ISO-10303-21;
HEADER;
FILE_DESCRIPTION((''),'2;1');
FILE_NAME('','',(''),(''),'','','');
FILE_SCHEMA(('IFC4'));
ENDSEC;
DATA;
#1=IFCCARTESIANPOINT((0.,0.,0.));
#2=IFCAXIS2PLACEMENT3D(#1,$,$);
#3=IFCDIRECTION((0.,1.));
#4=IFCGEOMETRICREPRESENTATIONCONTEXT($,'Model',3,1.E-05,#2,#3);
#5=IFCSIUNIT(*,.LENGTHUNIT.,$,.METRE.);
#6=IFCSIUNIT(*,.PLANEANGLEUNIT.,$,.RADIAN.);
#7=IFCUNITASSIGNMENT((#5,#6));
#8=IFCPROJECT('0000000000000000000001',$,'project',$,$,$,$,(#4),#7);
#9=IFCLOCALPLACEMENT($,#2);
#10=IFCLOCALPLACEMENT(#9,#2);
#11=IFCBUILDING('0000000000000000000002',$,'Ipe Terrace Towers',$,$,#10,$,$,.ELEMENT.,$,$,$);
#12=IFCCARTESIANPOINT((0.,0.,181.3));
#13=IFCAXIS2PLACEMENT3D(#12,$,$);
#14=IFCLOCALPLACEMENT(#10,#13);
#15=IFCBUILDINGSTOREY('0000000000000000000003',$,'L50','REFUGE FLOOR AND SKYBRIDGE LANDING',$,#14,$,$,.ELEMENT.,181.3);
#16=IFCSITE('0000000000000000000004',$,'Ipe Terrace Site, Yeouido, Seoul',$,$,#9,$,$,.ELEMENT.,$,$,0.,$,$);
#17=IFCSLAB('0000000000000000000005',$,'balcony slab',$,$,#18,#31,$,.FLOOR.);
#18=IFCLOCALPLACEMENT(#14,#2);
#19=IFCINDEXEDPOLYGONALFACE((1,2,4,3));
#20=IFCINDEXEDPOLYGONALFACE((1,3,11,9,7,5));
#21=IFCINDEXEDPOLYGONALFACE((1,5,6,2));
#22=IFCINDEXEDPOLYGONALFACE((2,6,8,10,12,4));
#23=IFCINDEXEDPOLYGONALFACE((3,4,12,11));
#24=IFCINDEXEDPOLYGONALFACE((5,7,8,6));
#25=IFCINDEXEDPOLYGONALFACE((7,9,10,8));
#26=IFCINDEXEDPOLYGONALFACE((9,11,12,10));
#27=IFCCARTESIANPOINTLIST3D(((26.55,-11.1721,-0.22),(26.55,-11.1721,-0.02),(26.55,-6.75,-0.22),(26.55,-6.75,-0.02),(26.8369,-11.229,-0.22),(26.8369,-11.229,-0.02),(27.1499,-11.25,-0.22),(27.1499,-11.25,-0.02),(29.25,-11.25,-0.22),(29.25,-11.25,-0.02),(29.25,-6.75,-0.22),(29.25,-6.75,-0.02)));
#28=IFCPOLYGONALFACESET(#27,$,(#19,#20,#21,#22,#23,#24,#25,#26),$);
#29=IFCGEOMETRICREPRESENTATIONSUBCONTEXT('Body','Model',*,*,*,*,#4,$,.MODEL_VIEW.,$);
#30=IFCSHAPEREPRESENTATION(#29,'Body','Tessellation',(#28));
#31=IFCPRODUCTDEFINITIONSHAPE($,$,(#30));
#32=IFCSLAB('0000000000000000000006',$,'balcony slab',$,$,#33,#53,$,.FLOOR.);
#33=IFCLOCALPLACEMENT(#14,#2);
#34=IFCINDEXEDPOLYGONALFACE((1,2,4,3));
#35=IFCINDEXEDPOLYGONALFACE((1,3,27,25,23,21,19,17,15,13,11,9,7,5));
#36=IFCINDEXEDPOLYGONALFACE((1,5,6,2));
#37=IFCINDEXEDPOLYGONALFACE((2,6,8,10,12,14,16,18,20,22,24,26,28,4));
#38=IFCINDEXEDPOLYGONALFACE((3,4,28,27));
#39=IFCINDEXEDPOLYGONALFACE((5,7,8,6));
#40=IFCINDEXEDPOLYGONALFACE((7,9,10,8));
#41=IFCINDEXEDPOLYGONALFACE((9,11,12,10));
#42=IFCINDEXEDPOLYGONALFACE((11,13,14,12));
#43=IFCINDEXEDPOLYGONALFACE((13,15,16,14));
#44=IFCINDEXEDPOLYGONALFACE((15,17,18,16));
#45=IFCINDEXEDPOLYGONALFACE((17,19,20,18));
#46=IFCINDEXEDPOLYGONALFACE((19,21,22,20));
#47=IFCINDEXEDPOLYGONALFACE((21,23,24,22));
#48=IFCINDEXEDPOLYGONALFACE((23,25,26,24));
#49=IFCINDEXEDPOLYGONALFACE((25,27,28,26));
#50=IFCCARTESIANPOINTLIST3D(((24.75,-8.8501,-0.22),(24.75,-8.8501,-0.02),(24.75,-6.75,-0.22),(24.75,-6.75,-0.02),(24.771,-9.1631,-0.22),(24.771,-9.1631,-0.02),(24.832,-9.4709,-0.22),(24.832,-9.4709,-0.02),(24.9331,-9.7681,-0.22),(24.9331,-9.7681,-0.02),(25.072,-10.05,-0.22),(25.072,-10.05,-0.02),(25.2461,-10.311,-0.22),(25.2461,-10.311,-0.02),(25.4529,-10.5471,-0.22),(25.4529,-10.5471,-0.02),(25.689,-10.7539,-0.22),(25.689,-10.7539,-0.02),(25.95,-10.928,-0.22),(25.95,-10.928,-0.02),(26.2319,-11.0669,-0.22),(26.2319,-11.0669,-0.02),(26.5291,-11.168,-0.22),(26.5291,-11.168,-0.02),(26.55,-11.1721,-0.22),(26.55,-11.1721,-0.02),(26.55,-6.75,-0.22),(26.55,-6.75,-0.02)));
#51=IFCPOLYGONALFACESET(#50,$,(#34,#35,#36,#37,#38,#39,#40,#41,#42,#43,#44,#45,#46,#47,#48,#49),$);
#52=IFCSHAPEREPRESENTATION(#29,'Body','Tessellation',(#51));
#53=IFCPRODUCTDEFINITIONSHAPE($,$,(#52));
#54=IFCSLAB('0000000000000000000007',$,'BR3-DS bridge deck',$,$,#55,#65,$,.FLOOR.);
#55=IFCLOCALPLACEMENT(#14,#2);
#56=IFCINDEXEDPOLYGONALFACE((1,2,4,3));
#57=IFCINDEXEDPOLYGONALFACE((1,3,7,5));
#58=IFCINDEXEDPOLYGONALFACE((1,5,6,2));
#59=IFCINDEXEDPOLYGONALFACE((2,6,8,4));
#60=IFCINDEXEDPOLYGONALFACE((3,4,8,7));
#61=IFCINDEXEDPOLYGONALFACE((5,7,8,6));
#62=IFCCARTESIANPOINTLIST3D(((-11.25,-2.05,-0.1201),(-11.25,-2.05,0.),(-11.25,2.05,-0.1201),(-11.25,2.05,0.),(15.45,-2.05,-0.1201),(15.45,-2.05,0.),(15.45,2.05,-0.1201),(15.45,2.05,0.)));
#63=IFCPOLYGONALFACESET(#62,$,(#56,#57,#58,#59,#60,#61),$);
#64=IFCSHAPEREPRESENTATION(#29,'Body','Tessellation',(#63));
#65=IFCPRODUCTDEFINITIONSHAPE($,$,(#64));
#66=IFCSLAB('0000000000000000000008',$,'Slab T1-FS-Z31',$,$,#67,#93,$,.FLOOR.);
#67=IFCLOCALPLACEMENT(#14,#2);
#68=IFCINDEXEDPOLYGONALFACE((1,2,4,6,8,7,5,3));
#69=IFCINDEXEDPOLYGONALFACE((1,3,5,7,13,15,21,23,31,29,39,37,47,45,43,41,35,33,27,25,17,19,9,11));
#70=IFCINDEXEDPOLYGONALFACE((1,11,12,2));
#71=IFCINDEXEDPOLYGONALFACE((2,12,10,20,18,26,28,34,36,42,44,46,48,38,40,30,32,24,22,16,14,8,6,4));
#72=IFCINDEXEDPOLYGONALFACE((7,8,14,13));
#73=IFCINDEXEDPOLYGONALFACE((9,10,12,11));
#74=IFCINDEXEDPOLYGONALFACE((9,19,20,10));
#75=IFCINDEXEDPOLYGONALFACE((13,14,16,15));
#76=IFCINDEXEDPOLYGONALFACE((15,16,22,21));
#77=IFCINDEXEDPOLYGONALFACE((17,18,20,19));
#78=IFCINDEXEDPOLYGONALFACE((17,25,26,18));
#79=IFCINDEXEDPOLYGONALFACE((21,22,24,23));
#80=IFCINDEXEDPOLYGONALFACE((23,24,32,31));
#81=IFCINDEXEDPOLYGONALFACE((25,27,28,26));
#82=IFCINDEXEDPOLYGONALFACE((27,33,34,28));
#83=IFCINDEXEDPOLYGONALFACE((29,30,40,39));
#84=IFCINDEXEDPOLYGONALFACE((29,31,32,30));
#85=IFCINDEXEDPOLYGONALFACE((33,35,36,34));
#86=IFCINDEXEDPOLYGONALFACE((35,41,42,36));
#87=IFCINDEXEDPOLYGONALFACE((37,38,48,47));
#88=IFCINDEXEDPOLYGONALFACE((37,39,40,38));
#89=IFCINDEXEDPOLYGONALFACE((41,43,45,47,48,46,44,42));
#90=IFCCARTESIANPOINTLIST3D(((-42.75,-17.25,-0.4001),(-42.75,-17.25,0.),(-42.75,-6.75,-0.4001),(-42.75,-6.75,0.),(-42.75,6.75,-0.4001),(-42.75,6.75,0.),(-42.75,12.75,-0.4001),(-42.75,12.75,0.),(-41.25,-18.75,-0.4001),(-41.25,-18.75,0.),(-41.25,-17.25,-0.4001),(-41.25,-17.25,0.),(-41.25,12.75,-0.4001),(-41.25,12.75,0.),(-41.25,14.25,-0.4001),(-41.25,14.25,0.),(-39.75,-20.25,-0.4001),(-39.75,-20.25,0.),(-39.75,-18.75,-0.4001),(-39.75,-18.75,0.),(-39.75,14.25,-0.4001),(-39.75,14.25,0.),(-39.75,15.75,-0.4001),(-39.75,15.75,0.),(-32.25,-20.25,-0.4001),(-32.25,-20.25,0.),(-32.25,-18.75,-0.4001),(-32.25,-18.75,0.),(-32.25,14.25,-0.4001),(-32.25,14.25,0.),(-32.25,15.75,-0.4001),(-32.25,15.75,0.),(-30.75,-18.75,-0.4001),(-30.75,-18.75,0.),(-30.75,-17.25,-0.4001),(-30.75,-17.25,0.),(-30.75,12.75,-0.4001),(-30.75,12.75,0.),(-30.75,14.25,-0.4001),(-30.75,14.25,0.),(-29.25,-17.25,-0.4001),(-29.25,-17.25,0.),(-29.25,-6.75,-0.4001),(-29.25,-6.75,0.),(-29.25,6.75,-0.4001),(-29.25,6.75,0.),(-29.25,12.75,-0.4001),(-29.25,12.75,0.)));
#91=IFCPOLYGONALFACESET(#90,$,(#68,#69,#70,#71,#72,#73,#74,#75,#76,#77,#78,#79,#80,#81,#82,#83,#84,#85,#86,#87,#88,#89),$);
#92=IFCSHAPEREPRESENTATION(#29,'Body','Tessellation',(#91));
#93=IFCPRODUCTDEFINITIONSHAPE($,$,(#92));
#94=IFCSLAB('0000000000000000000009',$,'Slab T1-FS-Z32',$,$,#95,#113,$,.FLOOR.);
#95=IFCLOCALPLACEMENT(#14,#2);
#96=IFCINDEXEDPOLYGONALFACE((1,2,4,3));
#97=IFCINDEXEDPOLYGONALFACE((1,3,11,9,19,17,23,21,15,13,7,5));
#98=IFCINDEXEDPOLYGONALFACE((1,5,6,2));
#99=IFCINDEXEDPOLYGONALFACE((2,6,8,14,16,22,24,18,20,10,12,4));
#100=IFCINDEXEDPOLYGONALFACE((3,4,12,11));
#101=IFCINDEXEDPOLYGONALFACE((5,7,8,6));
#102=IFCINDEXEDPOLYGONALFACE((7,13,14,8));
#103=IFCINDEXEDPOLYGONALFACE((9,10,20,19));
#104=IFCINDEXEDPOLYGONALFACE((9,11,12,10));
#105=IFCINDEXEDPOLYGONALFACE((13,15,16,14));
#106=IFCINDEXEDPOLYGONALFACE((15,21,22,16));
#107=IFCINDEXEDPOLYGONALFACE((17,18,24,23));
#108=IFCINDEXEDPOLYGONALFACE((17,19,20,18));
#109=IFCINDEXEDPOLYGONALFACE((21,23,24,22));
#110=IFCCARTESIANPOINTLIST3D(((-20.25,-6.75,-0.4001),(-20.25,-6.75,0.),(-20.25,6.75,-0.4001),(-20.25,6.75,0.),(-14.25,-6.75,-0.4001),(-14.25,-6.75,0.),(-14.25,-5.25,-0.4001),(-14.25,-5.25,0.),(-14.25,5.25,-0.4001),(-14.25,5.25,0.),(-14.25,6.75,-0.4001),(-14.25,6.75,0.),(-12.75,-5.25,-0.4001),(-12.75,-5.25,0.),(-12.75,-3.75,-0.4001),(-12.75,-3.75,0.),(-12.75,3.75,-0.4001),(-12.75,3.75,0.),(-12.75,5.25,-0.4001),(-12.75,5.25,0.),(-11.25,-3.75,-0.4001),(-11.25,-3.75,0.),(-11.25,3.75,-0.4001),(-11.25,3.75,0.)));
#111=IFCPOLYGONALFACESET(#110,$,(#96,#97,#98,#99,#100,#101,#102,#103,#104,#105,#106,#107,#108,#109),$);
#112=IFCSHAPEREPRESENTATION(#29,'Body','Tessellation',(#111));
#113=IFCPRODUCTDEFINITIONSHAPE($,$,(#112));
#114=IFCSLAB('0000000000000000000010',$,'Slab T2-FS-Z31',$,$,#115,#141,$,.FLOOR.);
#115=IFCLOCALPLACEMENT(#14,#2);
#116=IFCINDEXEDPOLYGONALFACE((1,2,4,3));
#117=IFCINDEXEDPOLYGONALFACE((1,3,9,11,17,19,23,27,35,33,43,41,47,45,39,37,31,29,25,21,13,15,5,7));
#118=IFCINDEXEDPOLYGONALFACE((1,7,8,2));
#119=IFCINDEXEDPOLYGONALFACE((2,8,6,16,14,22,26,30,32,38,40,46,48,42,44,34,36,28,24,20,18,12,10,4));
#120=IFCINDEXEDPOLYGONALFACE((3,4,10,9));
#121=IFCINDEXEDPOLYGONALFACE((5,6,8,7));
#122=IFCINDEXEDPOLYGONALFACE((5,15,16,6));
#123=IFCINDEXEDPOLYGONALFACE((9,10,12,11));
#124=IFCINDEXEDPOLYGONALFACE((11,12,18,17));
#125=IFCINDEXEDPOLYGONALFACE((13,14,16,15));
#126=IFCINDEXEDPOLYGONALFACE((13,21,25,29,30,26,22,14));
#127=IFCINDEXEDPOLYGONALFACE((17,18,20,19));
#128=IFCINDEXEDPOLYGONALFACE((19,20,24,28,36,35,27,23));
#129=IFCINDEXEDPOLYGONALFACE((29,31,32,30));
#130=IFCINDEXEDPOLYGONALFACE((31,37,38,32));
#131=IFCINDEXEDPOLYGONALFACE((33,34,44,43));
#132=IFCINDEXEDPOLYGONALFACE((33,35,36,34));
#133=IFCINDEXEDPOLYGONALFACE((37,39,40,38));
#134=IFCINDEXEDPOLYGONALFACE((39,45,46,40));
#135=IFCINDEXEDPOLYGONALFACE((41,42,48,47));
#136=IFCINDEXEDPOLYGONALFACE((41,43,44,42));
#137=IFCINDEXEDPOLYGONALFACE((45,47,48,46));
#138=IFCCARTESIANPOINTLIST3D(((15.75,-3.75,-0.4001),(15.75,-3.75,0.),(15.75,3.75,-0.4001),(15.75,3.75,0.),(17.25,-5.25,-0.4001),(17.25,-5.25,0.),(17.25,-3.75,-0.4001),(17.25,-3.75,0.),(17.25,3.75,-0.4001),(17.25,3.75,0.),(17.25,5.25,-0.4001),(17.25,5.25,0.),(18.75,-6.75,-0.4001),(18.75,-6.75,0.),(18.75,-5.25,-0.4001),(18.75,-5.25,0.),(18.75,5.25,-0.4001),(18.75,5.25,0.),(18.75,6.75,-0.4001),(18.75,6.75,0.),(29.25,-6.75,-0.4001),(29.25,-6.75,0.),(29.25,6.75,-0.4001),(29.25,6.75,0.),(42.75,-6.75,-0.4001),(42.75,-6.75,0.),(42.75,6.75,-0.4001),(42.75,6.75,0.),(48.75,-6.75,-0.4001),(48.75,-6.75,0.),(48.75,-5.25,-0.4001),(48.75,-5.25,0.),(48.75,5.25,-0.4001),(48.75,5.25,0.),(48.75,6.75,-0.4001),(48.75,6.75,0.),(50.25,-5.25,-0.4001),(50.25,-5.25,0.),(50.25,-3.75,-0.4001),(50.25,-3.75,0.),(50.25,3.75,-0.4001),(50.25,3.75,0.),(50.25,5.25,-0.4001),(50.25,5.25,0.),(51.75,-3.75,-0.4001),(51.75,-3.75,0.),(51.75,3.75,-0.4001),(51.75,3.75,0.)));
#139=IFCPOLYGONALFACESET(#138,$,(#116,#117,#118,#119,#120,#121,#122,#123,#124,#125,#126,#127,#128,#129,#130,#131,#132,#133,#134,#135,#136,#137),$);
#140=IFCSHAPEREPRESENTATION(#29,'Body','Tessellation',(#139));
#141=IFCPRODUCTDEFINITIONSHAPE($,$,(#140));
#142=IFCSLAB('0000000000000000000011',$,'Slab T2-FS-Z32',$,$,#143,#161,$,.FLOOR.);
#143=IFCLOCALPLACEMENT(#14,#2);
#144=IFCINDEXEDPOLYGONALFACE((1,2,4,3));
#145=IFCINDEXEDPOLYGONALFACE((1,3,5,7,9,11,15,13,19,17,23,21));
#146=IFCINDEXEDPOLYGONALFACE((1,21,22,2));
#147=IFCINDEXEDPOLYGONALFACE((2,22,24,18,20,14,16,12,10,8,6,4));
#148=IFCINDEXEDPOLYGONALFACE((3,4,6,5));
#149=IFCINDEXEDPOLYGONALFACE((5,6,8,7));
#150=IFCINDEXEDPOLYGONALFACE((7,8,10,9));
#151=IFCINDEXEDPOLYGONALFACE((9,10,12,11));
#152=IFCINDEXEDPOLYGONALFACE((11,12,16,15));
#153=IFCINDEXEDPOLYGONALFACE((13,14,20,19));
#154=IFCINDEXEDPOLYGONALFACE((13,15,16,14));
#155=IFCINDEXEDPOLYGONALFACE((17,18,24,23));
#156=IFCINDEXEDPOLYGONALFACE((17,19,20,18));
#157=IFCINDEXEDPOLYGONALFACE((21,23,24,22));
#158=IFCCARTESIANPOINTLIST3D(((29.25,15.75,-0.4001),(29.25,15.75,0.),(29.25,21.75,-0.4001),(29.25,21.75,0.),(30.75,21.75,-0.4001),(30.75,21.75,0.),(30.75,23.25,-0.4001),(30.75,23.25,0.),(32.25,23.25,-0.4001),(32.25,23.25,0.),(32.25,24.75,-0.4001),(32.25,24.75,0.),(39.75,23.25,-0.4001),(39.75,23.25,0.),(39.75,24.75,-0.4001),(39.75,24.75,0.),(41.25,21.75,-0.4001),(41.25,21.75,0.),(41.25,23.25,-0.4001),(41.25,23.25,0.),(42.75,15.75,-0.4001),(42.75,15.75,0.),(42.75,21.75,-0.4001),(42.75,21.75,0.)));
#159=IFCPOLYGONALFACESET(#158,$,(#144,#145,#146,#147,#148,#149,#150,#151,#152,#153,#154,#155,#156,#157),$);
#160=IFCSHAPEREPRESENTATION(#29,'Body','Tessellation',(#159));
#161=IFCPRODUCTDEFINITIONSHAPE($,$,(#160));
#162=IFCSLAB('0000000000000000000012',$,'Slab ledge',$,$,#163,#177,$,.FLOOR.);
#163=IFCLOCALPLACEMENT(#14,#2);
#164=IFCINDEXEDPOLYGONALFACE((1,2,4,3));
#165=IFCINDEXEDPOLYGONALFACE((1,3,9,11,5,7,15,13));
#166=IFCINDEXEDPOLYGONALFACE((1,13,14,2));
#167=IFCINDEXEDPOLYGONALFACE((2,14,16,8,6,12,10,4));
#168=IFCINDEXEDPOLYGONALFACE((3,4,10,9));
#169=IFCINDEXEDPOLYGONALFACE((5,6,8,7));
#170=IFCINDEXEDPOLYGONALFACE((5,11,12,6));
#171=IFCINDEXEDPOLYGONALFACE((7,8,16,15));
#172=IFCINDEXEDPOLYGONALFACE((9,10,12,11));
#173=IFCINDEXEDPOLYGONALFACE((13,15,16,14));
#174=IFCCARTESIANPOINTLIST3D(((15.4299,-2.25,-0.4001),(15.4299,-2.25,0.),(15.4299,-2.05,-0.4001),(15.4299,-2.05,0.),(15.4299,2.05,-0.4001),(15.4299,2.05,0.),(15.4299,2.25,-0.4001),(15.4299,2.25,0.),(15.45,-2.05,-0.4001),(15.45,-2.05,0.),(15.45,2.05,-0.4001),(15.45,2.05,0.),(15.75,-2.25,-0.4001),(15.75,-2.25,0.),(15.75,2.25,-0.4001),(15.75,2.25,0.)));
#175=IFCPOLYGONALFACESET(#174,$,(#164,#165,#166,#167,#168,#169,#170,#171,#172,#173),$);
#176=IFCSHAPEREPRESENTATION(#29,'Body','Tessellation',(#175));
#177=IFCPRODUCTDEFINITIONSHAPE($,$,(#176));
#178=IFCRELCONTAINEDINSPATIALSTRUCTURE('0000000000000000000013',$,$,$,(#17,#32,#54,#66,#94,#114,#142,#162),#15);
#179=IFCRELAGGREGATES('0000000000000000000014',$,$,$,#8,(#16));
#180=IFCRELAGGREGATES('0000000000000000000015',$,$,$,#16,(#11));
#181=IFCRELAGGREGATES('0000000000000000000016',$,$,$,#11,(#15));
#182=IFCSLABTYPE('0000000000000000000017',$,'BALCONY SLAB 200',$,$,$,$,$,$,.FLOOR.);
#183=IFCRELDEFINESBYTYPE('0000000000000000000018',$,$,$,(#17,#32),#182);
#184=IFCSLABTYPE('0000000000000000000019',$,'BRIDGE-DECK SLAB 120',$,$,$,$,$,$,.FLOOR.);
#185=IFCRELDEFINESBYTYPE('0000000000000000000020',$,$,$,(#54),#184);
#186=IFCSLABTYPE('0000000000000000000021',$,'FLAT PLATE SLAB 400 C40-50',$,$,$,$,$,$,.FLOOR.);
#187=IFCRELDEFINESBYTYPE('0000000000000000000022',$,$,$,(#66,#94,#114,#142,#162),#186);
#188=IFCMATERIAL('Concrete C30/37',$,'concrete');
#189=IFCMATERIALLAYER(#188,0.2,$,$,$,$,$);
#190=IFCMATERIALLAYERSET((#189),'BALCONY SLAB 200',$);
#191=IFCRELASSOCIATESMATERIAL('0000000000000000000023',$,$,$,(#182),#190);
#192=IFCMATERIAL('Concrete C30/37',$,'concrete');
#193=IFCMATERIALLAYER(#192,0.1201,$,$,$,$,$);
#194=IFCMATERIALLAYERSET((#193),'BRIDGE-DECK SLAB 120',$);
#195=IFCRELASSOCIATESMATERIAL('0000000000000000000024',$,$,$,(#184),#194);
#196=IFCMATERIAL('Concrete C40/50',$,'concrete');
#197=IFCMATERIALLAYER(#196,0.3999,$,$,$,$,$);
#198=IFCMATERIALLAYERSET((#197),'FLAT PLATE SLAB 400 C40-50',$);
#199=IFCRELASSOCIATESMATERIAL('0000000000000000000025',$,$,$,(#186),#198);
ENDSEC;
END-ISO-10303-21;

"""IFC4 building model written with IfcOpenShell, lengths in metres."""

from ifc_helpers import new_model, si_unit, direction, frame, origin, place, context, subcontext, project, spatial, polyline, outline, extrude, material, layer, layer_set, type_object, element, save


model = new_model("IFC4")

# Units and contexts
model_context = context("Model", 3, precision=1e-05, world=origin(), true_north=direction((0.0, 1.0)))
body_context = subcontext(model_context, "Body", "Model", "MODEL_VIEW")
ifc_project = project(units=[si_unit("LENGTHUNIT", "METRE"), si_unit("PLANEANGLEUNIT", "RADIAN")], contexts=[model_context])

# Site, building, storey
site_placement = place(None, origin())
site = spatial("IfcSite", under=ifc_project, at=site_placement, Name="Ipe Terrace Site, Yeouido, Seoul", CompositionType="ELEMENT", RefElevation=0.0)
building_placement = place(site_placement, origin())
building = spatial("IfcBuilding", under=site, at=building_placement, Name="Ipe Terrace Towers", CompositionType="ELEMENT")
storey_placement = place(building_placement, frame((0.0, 0.0, 181.3)))
storey = spatial("IfcBuildingStorey", under=building, at=storey_placement, Name="L50", Description="REFUGE FLOOR AND SKYBRIDGE LANDING", CompositionType="ELEMENT", Elevation=181.3)

# Slabs
ifc_material_1 = material(Name="Concrete C30/37", Category="concrete")
ifc_layer_1 = layer(ifc_material_1, 0.2)
ifc_layer_set_1 = layer_set([ifc_layer_1], Name="BALCONY SLAB 200")
slab_type_1 = type_object("IfcSlabType", Name="BALCONY SLAB 200", PredefinedType="FLOOR", material=ifc_layer_set_1)
slab_1_placement = place(storey_placement, frame((0.0, 0.0, -0.22)))
element("IfcSlab", 1, at=slab_1_placement, inside=storey, type_object=slab_type_1, Name="balcony slab", PredefinedType="FLOOR", context=body_context, shape_type="SweptSolid", body=[
    extrude(outline(polyline([(26.8369, -11.229), (27.1499, -11.25), (29.25, -11.25), (29.25, -6.75), (26.55, -6.75), (26.55, -11.1721), (26.8369, -11.229)])), origin(), (0.0, 0.0, 1.0), 0.2),
])
slab_2_placement = place(storey_placement, frame((0.0, 0.0, -0.22)))
element("IfcSlab", 2, at=slab_2_placement, inside=storey, type_object=slab_type_1, Name="balcony slab", PredefinedType="FLOOR", context=body_context, shape_type="SweptSolid", body=[
    extrude(outline(polyline([(24.75, -6.75), (24.75, -8.8501), (24.771, -9.1631), (24.832, -9.4709), (24.9331, -9.7681), (25.072, -10.05), (25.2461, -10.311), (25.4529, -10.5471), (25.689, -10.7539), (25.95, -10.928), (26.2319, -11.0669), (26.5291, -11.168), (26.55, -11.1721), (26.55, -6.75), (24.75, -6.75)])), origin(), (0.0, 0.0, 1.0), 0.2),
])
ifc_material_2 = material(Name="Concrete C30/37", Category="concrete")
ifc_layer_2 = layer(ifc_material_2, 0.1201)
ifc_layer_set_2 = layer_set([ifc_layer_2], Name="BRIDGE-DECK SLAB 120")
slab_type_2 = type_object("IfcSlabType", Name="BRIDGE-DECK SLAB 120", PredefinedType="FLOOR", material=ifc_layer_set_2)
slab_3_placement = place(storey_placement, frame((0.0, 0.0, -0.1201)))
element("IfcSlab", 3, at=slab_3_placement, inside=storey, type_object=slab_type_2, Name="BR3-DS bridge deck", PredefinedType="FLOOR", context=body_context, shape_type="SweptSolid", body=[
    extrude(outline(polyline([(-11.25, -2.05), (15.45, -2.05), (15.45, 2.05), (-11.25, 2.05), (-11.25, -2.05)])), origin(), (0.0, 0.0, 1.0), 0.1201),
])
ifc_material_3 = material(Name="Concrete C40/50", Category="concrete")
ifc_layer_3 = layer(ifc_material_3, 0.3999)
ifc_layer_set_3 = layer_set([ifc_layer_3], Name="FLAT PLATE SLAB 400 C40-50")
slab_type_3 = type_object("IfcSlabType", Name="FLAT PLATE SLAB 400 C40-50", PredefinedType="FLOOR", material=ifc_layer_set_3)
slab_4_placement = place(storey_placement, frame((0.0, 0.0, -0.4001)))
element("IfcSlab", 4, at=slab_4_placement, inside=storey, type_object=slab_type_3, Name="Slab T1-FS-Z31", PredefinedType="FLOOR", context=body_context, shape_type="SweptSolid", body=[
    extrude(outline(polyline([(-30.75, -17.25), (-30.75, -18.75), (-32.25, -18.75), (-32.25, -20.25), (-39.75, -20.25), (-39.75, -18.75), (-41.25, -18.75), (-41.25, -17.25), (-42.75, -17.25), (-42.75, -6.75), (-42.75, 6.75), (-42.75, 12.75), (-41.25, 12.75), (-41.25, 14.25), (-39.75, 14.25), (-39.75, 15.75), (-32.25, 15.75), (-32.25, 14.25), (-30.75, 14.25), (-30.75, 12.75), (-29.25, 12.75), (-29.25, 6.75), (-29.25, -6.75), (-29.25, -17.25), (-30.75, -17.25)])), origin(), (0.0, 0.0, 1.0), 0.4001),
])
slab_5_placement = place(storey_placement, frame((0.0, 0.0, -0.4001)))
element("IfcSlab", 5, at=slab_5_placement, inside=storey, type_object=slab_type_3, Name="Slab T1-FS-Z32", PredefinedType="FLOOR", context=body_context, shape_type="SweptSolid", body=[
    extrude(outline(polyline([(-14.25, 5.25), (-12.75, 5.25), (-12.75, 3.75), (-11.25, 3.75), (-11.25, -3.75), (-12.75, -3.75), (-12.75, -5.25), (-14.25, -5.25), (-14.25, -6.75), (-20.25, -6.75), (-20.25, 6.75), (-14.25, 6.75), (-14.25, 5.25)])), origin(), (0.0, 0.0, 1.0), 0.4001),
])
slab_6_placement = place(storey_placement, frame((0.0, 0.0, -0.4001)))
element("IfcSlab", 6, at=slab_6_placement, inside=storey, type_object=slab_type_3, Name="Slab T2-FS-Z31", PredefinedType="FLOOR", context=body_context, shape_type="SweptSolid", body=[
    extrude(outline(polyline([(48.75, 5.25), (50.25, 5.25), (50.25, 3.75), (51.75, 3.75), (51.75, -3.75), (50.25, -3.75), (50.25, -5.25), (48.75, -5.25), (48.75, -6.75), (42.75, -6.75), (29.25, -6.75), (18.75, -6.75), (18.75, -5.25), (17.25, -5.25), (17.25, -3.75), (15.75, -3.75), (15.75, 3.75), (17.25, 3.75), (17.25, 5.25), (18.75, 5.25), (18.75, 6.75), (29.25, 6.75), (42.75, 6.75), (48.75, 6.75), (48.75, 5.25)])), origin(), (0.0, 0.0, 1.0), 0.4001),
])
slab_7_placement = place(storey_placement, frame((0.0, 0.0, -0.4001)))
element("IfcSlab", 7, at=slab_7_placement, inside=storey, type_object=slab_type_3, Name="Slab T2-FS-Z32", PredefinedType="FLOOR", context=body_context, shape_type="SweptSolid", body=[
    extrude(outline(polyline([(30.75, 21.75), (30.75, 23.25), (32.25, 23.25), (32.25, 24.75), (39.75, 24.75), (39.75, 23.25), (41.25, 23.25), (41.25, 21.75), (42.75, 21.75), (42.75, 15.75), (29.25, 15.75), (29.25, 21.75), (30.75, 21.75)])), origin(), (0.0, 0.0, 1.0), 0.4001),
])
slab_8_placement = place(storey_placement, frame((0.0, 0.0, -0.4001)))
element("IfcSlab", 8, at=slab_8_placement, inside=storey, type_object=slab_type_3, Name="Slab ledge", PredefinedType="FLOOR", context=body_context, shape_type="SweptSolid", body=[
    extrude(outline(polyline([(15.75, -2.25), (15.4299, -2.25), (15.4299, -2.05), (15.45, -2.05), (15.45, 2.05), (15.4299, 2.05), (15.4299, 2.25), (15.75, 2.25), (15.75, -2.25)])), origin(), (0.0, 0.0, 1.0), 0.4001),
])

save(model, "model.ifc")
